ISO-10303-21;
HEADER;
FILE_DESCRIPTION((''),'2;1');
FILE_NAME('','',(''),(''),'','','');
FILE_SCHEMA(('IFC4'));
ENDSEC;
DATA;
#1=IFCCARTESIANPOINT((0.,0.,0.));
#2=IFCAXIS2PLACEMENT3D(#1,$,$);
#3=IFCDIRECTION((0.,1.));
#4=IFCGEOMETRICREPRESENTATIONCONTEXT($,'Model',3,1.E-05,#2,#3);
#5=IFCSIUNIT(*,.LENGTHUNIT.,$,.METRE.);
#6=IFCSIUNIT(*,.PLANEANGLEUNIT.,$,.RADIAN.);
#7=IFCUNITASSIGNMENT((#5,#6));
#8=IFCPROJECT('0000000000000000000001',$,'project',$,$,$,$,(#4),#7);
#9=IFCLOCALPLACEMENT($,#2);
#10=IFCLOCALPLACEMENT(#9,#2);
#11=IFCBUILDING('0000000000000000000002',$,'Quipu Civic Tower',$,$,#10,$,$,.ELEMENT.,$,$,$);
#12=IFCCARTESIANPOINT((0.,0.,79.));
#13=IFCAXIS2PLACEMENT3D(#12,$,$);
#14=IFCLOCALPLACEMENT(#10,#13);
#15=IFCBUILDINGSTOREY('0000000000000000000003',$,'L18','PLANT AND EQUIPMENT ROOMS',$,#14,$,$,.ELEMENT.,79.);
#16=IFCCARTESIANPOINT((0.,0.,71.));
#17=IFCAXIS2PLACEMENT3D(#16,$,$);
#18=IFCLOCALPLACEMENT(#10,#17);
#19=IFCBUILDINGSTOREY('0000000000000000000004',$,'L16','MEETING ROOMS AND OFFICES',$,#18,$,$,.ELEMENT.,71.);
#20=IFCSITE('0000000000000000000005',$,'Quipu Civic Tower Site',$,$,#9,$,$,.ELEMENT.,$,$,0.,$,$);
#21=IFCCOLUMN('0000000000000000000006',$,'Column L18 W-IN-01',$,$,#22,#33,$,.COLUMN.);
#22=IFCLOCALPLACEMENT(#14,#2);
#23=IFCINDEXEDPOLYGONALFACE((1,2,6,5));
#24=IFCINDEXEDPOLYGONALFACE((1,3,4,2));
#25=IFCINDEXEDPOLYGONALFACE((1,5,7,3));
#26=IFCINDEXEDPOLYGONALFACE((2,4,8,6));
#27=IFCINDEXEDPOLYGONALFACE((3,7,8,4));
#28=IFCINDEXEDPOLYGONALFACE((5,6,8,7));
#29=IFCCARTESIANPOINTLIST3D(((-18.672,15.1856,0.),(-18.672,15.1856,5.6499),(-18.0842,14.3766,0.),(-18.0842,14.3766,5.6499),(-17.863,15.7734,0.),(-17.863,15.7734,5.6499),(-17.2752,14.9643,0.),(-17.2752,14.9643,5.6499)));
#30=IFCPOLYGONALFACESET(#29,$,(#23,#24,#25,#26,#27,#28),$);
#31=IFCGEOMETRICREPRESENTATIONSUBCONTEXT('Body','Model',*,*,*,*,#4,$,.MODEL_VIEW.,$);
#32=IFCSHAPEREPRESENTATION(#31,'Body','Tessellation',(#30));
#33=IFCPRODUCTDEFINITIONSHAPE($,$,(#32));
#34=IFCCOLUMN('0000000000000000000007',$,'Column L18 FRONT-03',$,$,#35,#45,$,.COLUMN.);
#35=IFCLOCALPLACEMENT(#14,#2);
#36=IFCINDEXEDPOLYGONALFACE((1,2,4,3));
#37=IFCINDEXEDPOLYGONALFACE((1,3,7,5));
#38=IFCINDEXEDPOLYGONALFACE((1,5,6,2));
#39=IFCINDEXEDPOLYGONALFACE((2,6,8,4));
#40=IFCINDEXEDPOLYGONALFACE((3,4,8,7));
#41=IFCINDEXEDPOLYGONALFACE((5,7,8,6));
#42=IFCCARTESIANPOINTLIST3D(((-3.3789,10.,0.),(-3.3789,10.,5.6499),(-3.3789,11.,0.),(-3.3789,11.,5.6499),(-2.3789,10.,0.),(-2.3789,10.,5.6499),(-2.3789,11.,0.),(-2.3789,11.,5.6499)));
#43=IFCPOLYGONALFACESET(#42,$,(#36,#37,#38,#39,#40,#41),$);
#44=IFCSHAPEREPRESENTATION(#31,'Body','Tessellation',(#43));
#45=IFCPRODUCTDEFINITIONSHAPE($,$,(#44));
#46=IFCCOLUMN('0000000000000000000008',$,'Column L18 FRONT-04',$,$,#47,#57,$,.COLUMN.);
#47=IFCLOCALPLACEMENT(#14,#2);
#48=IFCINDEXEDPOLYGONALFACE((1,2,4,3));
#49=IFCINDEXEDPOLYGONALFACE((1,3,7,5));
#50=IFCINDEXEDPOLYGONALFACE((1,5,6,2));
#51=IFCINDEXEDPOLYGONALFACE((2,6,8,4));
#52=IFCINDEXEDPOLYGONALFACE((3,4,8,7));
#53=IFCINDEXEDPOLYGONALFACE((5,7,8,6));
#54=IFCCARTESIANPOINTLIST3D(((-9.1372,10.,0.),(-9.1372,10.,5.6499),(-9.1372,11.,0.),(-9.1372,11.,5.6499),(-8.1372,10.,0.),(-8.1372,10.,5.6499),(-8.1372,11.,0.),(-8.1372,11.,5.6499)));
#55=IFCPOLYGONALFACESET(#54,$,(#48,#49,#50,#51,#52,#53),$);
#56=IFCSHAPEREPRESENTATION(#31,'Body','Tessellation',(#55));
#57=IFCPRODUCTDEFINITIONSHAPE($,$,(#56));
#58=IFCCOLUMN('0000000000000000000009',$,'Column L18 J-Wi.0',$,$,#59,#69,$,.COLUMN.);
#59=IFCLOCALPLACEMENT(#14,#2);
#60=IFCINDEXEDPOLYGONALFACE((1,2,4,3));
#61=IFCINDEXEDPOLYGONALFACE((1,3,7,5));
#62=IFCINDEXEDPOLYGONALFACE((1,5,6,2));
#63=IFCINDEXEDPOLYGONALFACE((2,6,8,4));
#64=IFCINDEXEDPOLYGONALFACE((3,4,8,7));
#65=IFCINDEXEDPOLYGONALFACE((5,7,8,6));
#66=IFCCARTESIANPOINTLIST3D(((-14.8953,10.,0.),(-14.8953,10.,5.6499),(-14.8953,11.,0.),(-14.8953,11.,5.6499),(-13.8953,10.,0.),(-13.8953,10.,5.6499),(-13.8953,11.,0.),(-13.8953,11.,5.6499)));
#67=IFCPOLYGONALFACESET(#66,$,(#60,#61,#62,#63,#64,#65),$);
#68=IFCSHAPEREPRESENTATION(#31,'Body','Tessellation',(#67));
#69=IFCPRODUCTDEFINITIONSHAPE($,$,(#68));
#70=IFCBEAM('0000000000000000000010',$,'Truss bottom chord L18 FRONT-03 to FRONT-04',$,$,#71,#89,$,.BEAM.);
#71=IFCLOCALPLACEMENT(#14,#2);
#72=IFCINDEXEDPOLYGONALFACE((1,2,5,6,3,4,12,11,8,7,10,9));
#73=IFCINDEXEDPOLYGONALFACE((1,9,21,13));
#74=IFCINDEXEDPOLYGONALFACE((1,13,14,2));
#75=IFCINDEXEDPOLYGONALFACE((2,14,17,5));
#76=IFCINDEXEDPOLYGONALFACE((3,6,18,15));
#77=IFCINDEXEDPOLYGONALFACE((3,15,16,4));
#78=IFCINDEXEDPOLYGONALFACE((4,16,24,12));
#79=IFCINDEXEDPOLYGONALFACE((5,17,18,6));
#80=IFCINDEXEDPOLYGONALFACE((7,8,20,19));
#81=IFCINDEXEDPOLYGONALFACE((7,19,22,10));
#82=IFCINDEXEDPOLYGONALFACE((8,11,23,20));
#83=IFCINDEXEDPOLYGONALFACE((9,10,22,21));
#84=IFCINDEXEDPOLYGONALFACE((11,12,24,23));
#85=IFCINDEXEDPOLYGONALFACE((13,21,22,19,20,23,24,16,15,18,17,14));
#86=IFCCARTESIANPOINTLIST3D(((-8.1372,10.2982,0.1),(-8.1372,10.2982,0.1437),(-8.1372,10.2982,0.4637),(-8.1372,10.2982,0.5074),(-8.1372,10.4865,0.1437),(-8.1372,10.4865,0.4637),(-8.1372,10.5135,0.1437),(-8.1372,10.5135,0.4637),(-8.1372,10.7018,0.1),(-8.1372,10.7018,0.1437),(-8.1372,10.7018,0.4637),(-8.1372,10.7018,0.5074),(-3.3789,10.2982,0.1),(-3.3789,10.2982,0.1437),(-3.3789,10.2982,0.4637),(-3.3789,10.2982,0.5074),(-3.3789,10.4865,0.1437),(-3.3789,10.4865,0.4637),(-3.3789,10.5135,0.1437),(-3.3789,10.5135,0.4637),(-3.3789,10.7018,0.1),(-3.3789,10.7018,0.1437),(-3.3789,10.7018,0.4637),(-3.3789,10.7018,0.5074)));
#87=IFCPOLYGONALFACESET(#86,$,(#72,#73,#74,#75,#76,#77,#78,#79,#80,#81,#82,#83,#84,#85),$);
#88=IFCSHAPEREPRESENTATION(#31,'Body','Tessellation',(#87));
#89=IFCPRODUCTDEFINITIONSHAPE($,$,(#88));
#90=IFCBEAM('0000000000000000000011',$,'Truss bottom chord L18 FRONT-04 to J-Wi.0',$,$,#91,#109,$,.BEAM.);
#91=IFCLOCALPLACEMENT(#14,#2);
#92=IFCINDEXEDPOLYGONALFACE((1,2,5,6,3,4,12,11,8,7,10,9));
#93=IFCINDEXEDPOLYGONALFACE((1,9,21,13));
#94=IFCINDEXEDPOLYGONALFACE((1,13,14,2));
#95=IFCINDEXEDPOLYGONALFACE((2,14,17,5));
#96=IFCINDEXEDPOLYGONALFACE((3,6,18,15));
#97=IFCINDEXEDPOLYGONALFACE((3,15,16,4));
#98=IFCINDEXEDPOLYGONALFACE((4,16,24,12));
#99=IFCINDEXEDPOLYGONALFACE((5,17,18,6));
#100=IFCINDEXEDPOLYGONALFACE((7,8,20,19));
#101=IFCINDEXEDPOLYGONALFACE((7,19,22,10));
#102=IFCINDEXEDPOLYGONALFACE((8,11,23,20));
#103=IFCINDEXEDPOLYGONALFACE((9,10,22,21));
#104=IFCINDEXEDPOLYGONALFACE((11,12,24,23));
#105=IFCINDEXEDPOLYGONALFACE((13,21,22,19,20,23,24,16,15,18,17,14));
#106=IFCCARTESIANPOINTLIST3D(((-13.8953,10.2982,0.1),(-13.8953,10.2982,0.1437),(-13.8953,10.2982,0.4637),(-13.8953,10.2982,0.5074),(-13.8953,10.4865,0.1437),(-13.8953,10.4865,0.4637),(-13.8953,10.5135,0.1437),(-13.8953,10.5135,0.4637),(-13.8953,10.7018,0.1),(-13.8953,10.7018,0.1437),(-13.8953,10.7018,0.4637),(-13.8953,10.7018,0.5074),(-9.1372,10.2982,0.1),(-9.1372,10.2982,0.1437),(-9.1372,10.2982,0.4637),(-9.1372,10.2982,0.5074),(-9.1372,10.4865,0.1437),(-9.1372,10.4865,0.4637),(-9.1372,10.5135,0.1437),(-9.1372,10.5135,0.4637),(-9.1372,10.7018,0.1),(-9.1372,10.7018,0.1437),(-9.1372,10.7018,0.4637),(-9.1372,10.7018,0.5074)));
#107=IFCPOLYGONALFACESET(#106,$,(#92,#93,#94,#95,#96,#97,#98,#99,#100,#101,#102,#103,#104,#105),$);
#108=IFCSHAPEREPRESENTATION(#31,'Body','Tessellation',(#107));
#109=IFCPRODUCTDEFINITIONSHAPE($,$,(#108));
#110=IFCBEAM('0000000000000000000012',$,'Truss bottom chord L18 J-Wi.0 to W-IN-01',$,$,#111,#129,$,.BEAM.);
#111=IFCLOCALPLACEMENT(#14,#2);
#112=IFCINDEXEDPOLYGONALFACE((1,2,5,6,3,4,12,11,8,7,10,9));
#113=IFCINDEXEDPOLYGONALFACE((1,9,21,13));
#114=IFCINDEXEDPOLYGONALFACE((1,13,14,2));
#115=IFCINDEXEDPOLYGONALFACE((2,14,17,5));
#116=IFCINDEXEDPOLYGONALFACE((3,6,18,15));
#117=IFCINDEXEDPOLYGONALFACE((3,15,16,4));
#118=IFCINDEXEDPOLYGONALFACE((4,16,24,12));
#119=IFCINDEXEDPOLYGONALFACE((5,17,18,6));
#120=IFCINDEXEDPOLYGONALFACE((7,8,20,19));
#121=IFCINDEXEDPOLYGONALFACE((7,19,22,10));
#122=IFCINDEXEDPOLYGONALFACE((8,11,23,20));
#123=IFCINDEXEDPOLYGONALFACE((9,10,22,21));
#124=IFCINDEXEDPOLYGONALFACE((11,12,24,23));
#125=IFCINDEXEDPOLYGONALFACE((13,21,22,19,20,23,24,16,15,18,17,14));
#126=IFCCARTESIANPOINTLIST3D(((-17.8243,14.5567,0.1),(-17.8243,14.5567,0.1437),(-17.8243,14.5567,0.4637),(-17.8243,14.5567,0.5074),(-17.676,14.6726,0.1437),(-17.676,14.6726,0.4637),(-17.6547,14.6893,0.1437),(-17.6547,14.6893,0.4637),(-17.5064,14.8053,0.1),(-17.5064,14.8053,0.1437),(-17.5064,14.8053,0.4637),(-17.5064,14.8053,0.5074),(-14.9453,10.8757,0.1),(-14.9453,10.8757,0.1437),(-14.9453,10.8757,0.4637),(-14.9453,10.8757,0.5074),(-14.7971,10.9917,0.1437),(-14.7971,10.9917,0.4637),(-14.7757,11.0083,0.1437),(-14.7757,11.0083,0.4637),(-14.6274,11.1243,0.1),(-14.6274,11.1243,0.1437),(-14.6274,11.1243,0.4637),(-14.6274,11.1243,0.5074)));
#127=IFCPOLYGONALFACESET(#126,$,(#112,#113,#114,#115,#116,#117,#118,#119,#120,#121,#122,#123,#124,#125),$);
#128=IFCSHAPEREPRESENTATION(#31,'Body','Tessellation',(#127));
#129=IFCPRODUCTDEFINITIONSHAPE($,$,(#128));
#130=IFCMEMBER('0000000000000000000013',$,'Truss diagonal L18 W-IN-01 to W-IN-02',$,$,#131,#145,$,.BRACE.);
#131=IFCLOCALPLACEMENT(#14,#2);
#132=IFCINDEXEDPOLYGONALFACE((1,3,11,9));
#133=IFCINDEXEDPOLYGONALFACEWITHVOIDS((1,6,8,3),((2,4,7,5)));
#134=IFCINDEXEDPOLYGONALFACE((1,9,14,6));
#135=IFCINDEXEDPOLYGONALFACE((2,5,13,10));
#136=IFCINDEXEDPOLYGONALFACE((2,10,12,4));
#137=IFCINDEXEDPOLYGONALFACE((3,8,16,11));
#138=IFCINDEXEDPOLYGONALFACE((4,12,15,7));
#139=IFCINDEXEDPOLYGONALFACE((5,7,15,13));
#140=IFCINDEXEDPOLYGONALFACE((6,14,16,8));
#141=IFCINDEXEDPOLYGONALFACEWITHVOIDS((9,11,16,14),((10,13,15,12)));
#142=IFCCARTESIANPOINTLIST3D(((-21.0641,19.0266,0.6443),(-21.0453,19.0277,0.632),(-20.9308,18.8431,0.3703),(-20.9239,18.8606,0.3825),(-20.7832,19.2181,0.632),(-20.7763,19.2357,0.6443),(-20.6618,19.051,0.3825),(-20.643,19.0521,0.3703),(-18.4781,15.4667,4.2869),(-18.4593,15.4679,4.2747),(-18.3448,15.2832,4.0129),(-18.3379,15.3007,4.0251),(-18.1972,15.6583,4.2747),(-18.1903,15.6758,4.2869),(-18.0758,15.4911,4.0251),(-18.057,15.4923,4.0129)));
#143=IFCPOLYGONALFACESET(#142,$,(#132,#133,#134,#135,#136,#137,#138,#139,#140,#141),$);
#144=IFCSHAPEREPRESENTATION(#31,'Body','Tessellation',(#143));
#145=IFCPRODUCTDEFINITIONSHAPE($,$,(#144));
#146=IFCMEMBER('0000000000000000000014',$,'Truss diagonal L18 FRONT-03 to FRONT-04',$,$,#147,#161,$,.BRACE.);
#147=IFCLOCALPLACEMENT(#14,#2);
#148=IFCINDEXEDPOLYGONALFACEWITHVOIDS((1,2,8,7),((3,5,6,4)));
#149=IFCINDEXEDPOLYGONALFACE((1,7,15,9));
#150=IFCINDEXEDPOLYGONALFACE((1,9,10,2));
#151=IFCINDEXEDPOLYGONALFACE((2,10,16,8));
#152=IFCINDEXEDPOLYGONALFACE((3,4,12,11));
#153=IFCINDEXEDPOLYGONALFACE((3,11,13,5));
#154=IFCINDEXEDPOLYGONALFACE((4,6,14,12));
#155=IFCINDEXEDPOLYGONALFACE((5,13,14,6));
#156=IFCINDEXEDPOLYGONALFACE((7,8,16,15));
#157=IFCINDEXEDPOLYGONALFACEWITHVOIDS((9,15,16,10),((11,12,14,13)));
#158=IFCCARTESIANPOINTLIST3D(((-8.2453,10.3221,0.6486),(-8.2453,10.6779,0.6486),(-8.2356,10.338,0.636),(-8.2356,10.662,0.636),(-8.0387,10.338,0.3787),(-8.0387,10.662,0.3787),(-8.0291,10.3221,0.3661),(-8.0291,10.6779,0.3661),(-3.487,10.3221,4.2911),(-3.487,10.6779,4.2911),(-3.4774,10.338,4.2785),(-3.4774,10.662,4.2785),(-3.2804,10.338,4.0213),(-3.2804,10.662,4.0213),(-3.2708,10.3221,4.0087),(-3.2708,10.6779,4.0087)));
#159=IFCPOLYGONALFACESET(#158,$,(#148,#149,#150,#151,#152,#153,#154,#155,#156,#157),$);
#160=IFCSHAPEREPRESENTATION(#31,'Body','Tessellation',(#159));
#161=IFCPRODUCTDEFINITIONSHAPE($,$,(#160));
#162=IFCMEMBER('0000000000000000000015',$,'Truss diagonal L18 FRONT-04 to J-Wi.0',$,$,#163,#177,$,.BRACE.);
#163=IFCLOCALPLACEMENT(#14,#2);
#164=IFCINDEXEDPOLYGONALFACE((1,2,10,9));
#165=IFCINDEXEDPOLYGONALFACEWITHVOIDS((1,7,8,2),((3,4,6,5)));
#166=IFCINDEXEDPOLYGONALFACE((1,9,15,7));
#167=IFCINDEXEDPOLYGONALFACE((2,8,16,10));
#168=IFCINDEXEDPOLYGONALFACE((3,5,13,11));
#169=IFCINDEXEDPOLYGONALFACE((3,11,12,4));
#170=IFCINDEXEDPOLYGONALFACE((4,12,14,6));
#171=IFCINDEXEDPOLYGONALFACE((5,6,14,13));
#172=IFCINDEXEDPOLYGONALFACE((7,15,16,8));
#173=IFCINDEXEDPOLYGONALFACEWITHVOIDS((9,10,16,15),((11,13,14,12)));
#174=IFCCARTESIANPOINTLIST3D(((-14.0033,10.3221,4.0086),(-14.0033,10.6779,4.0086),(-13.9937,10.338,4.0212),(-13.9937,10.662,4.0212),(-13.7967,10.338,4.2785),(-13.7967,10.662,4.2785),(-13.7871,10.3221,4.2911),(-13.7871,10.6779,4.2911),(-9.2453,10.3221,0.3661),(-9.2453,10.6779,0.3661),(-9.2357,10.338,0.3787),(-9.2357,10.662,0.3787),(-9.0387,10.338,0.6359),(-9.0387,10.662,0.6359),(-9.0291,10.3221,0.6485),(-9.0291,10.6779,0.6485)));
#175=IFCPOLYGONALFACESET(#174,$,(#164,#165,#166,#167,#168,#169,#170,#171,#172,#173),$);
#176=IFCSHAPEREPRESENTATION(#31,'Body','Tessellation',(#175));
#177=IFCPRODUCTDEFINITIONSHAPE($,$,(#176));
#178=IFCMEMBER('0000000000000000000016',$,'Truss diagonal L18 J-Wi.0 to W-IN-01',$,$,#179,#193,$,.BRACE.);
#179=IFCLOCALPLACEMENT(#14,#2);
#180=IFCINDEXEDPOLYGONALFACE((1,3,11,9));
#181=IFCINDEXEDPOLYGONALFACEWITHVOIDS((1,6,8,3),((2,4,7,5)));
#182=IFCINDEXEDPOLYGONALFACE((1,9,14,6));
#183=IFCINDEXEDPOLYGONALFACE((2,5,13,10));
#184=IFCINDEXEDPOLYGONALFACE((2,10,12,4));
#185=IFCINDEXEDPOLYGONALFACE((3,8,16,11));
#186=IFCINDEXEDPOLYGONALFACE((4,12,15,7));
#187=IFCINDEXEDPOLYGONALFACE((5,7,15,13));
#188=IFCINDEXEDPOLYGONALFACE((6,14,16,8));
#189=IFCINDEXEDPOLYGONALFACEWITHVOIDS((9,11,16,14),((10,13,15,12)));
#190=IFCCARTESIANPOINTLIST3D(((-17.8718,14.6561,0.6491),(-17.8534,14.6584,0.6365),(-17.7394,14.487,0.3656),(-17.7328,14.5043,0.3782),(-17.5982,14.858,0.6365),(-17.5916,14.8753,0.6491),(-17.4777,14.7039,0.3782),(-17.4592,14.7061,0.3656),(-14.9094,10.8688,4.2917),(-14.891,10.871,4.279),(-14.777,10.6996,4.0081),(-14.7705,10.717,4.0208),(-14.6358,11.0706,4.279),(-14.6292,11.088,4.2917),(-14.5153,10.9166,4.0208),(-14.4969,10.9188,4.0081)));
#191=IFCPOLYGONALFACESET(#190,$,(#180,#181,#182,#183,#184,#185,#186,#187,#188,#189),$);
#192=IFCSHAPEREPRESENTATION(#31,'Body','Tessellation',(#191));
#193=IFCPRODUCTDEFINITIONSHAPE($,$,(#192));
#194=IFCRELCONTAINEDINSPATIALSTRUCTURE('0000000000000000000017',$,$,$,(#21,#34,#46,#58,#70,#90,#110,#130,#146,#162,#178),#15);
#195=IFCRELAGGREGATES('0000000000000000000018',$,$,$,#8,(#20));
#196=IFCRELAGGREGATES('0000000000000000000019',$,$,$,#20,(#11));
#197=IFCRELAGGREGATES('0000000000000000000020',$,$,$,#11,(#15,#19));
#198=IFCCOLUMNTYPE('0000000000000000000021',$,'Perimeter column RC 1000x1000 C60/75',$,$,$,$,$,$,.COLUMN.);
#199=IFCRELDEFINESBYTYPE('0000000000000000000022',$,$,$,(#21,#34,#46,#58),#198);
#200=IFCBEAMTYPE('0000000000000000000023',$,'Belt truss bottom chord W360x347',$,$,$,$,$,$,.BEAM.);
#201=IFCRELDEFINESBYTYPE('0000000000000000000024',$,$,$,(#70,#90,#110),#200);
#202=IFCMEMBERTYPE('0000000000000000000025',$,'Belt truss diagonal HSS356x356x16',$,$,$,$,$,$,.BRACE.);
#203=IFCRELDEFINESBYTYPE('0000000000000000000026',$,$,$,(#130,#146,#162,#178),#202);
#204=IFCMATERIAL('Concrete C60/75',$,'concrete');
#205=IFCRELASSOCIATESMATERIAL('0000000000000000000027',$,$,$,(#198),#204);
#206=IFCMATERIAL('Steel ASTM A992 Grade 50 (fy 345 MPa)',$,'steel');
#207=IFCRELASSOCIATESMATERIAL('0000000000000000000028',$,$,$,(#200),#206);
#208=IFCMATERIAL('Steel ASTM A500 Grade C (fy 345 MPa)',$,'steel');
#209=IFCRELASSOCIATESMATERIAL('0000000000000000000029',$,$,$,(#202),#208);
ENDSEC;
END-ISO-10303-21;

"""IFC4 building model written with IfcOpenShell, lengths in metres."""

from ifc_helpers import new_model, si_unit, direction, frame, origin, origin_2d, place, context, subcontext, project, spatial, rectangle, hollow_rectangle, i_section, extrude, material, material_profile, profile_set, type_object, element, save


model = new_model("IFC4")

# Units and contexts
model_context = context("Model", 3, precision=1e-05, world=origin(), true_north=direction((0.0, 1.0)))
body_context = subcontext(model_context, "Body", "Model", "MODEL_VIEW")
ifc_project = project(units=[si_unit("LENGTHUNIT", "METRE"), si_unit("PLANEANGLEUNIT", "RADIAN")], contexts=[model_context])

# Site, building, storey
site_placement = place(None, origin())
site = spatial("IfcSite", under=ifc_project, at=site_placement, Name="Quipu Civic Tower Site", CompositionType="ELEMENT", RefElevation=0.0)
building_placement = place(site_placement, origin())
building = spatial("IfcBuilding", under=site, at=building_placement, Name="Quipu Civic Tower", CompositionType="ELEMENT")
storey_1_placement = place(building_placement, frame((0.0, 0.0, 79.0)))
storey_1 = spatial("IfcBuildingStorey", under=building, at=storey_1_placement, Name="L18", Description="PLANT AND EQUIPMENT ROOMS", CompositionType="ELEMENT", Elevation=79.0)

# Columns
ifc_material_1 = material(Name="Concrete C60/75", Category="concrete")
ifc_material_profile_1 = material_profile(ifc_material_1, rectangle(XDim=1.0, YDim=1.0, at=origin_2d()), Name="RC1000x1000")
ifc_profile_set_1 = profile_set([ifc_material_profile_1], Name="Concrete C60/75")
column_type = type_object("IfcColumnType", Name="Perimeter column RC 1000x1000 C60/75", PredefinedType="COLUMN", material=ifc_profile_set_1)
for number, where, z_axis, x_axis, name in (
    (1, (-17.9736, 15.075, 0.0), (0.0, 0.0, 1.0), (-0.587785, 0.809017, 0.0), "Column L18 W-IN-01"),
    (2, (-2.8789, 10.5, 0.0), (0.0, 0.0, 1.0), (-1.0, 0.0, 0.0), "Column L18 FRONT-03"),
    (3, (-8.6372, 10.5, 0.0), (0.0, 0.0, 1.0), (-1.0, 0.0, 0.0), "Column L18 FRONT-04"),
    (4, (-14.3953, 10.5, 0.0), (0.0, 0.0, 1.0), (-1.0, 0.0, 0.0), "Column L18 J-Wi.0"),
):
    element("IfcColumn", number, at=place(storey_1_placement, frame(where, z_axis=z_axis, x_axis=x_axis)), inside=storey_1, type_object=column_type, Name=name, PredefinedType="COLUMN", context=body_context, shape_type="SweptSolid", body=[
        extrude(rectangle(XDim=1.0, YDim=1.0, at=origin_2d()), origin(), (0.0, 0.0, 1.0), 5.6499),
    ])

# Beams
ifc_material_2 = material(Name="Steel ASTM A992 Grade 50 (fy 345 MPa)", Category="steel")
ifc_material_profile_2 = material_profile(ifc_material_2, i_section(OverallWidth=0.4036, OverallDepth=0.4075, WebThickness=0.0271, FlangeThickness=0.0437, at=origin_2d()), Name="W360x347")
ifc_profile_set_2 = profile_set([ifc_material_profile_2], Name="Steel ASTM A992 Grade 50 (fy 345 MPa)")
beam_type_1 = type_object("IfcBeamType", Name="Belt truss bottom chord W360x347", PredefinedType="BEAM", material=ifc_profile_set_2)
beam_1_placement = place(storey_1_placement, frame((-3.3789, 10.5, 0.3037), z_axis=(-1.0, 0.0, 0.0), x_axis=(0.0, -1.0, 0.0)))
element("IfcBeam", 5, at=beam_1_placement, inside=storey_1, type_object=beam_type_1, Name="Truss bottom chord L18 FRONT-03 to FRONT-04", PredefinedType="BEAM", context=body_context, shape_type="SweptSolid", body=[
    extrude(i_section(OverallWidth=0.4036, OverallDepth=0.4075, WebThickness=0.0271, FlangeThickness=0.0437, at=origin_2d()), origin(), (0.0, 0.0, 1.0), 4.7583),
])
beam_2_placement = place(storey_1_placement, frame((-9.1372, 10.5, 0.3037), z_axis=(-1.0, 0.0, 0.0), x_axis=(0.0, -1.0, 0.0)))
element("IfcBeam", 6, at=beam_2_placement, inside=storey_1, type_object=beam_type_1, Name="Truss bottom chord L18 FRONT-04 to J-Wi.0", PredefinedType="BEAM", context=body_context, shape_type="SweptSolid", body=[
    extrude(i_section(OverallWidth=0.4036, OverallDepth=0.4075, WebThickness=0.0271, FlangeThickness=0.0437, at=origin_2d()), origin(), (0.0, 0.0, 1.0), 4.7581),
])
beam_3_placement = place(storey_1_placement, frame((-14.7864, 11.0, 0.3037), z_axis=(-0.616069, 0.787692, 0.0), x_axis=(-0.787692, -0.616069, 0.0)))
element("IfcBeam", 7, at=beam_3_placement, inside=storey_1, type_object=beam_type_1, Name="Truss bottom chord L18 J-Wi.0 to W-IN-01", PredefinedType="BEAM", context=body_context, shape_type="SweptSolid", body=[
    extrude(i_section(OverallWidth=0.4036, OverallDepth=0.4075, WebThickness=0.0271, FlangeThickness=0.0437, at=origin_2d()), origin(), (0.0, 0.0, 1.0), 4.6731),
])

# Members
ifc_material_3 = material(Name="Steel ASTM A500 Grade C (fy 345 MPa)", Category="steel")
ifc_material_profile_3 = material_profile(ifc_material_3, hollow_rectangle(XDim=0.3557, YDim=0.3557, WallThickness=0.0159, at=origin_2d()), Name="HSS356x356x16")
ifc_profile_set_3 = profile_set([ifc_material_profile_3], Name="Steel ASTM A500 Grade C (fy 345 MPa)")
member_type_1 = type_object("IfcMemberType", Name="Belt truss diagonal HSS356x356x16", PredefinedType="BRACE", material=ifc_profile_set_3)
member_1_placement = place(storey_1_placement, frame((-18.2676, 15.4795, 4.1499), z_axis=(-0.452715, 0.623209, -0.637699), x_axis=(-0.809062, -0.587723, 0.0)))
element("IfcMember", 8, at=member_1_placement, inside=storey_1, type_object=member_type_1, Name="Truss diagonal L18 W-IN-01 to W-IN-02", PredefinedType="BRACE", context=body_context, shape_type="SweptSolid", body=[
    extrude(hollow_rectangle(XDim=0.3557, YDim=0.3557, WallThickness=0.0159, at=origin_2d()), origin(), (0.0, 0.0, 1.0), 5.7122),
])
member_2_placement = place(storey_1_placement, frame((-3.3789, 10.5, 4.1499), z_axis=(-0.794045, 0.0, -0.607858), x_axis=(0.0, -1.0, 0.0)))
element("IfcMember", 9, at=member_2_placement, inside=storey_1, type_object=member_type_1, Name="Truss diagonal L18 FRONT-03 to FRONT-04", PredefinedType="BRACE", context=body_context, shape_type="SweptSolid", body=[
    extrude(hollow_rectangle(XDim=0.3557, YDim=0.3557, WallThickness=0.0159, at=origin_2d()), origin(), (0.0, 0.0, 1.0), 5.9924),
])
member_3_placement = place(storey_1_placement, frame((-9.1372, 10.5, 0.5073), z_axis=(-0.79403, 0.0, 0.607878), x_axis=(0.0, -1.0, 0.0)))
element("IfcMember", 10, at=member_3_placement, inside=storey_1, type_object=member_type_1, Name="Truss diagonal L18 FRONT-04 to J-Wi.0", PredefinedType="BRACE", context=body_context, shape_type="SweptSolid", body=[
    extrude(hollow_rectangle(XDim=0.3557, YDim=0.3557, WallThickness=0.0159, at=origin_2d()), origin(), (0.0, 0.0, 1.0), 5.9922),
])
member_4_placement = place(storey_1_placement, frame((-14.7031, 10.8938, 4.1499), z_axis=(-0.491093, 0.627849, -0.603849), x_axis=(-0.787668, -0.6161, 0.0)))
element("IfcMember", 11, at=member_4_placement, inside=storey_1, type_object=member_type_1, Name="Truss diagonal L18 J-Wi.0 to W-IN-01", PredefinedType="BRACE", context=body_context, shape_type="SweptSolid", body=[
    extrude(hollow_rectangle(XDim=0.3557, YDim=0.3557, WallThickness=0.0159, at=origin_2d()), origin(), (0.0, 0.0, 1.0), 6.0322),
])

# Shared definitions
storey_2_placement = place(building_placement, frame((0.0, 0.0, 71.0)))
storey_2 = spatial("IfcBuildingStorey", under=building, at=storey_2_placement, Name="L16", Description="MEETING ROOMS AND OFFICES", CompositionType="ELEMENT", Elevation=71.0)

save(model, "model.ifc")
